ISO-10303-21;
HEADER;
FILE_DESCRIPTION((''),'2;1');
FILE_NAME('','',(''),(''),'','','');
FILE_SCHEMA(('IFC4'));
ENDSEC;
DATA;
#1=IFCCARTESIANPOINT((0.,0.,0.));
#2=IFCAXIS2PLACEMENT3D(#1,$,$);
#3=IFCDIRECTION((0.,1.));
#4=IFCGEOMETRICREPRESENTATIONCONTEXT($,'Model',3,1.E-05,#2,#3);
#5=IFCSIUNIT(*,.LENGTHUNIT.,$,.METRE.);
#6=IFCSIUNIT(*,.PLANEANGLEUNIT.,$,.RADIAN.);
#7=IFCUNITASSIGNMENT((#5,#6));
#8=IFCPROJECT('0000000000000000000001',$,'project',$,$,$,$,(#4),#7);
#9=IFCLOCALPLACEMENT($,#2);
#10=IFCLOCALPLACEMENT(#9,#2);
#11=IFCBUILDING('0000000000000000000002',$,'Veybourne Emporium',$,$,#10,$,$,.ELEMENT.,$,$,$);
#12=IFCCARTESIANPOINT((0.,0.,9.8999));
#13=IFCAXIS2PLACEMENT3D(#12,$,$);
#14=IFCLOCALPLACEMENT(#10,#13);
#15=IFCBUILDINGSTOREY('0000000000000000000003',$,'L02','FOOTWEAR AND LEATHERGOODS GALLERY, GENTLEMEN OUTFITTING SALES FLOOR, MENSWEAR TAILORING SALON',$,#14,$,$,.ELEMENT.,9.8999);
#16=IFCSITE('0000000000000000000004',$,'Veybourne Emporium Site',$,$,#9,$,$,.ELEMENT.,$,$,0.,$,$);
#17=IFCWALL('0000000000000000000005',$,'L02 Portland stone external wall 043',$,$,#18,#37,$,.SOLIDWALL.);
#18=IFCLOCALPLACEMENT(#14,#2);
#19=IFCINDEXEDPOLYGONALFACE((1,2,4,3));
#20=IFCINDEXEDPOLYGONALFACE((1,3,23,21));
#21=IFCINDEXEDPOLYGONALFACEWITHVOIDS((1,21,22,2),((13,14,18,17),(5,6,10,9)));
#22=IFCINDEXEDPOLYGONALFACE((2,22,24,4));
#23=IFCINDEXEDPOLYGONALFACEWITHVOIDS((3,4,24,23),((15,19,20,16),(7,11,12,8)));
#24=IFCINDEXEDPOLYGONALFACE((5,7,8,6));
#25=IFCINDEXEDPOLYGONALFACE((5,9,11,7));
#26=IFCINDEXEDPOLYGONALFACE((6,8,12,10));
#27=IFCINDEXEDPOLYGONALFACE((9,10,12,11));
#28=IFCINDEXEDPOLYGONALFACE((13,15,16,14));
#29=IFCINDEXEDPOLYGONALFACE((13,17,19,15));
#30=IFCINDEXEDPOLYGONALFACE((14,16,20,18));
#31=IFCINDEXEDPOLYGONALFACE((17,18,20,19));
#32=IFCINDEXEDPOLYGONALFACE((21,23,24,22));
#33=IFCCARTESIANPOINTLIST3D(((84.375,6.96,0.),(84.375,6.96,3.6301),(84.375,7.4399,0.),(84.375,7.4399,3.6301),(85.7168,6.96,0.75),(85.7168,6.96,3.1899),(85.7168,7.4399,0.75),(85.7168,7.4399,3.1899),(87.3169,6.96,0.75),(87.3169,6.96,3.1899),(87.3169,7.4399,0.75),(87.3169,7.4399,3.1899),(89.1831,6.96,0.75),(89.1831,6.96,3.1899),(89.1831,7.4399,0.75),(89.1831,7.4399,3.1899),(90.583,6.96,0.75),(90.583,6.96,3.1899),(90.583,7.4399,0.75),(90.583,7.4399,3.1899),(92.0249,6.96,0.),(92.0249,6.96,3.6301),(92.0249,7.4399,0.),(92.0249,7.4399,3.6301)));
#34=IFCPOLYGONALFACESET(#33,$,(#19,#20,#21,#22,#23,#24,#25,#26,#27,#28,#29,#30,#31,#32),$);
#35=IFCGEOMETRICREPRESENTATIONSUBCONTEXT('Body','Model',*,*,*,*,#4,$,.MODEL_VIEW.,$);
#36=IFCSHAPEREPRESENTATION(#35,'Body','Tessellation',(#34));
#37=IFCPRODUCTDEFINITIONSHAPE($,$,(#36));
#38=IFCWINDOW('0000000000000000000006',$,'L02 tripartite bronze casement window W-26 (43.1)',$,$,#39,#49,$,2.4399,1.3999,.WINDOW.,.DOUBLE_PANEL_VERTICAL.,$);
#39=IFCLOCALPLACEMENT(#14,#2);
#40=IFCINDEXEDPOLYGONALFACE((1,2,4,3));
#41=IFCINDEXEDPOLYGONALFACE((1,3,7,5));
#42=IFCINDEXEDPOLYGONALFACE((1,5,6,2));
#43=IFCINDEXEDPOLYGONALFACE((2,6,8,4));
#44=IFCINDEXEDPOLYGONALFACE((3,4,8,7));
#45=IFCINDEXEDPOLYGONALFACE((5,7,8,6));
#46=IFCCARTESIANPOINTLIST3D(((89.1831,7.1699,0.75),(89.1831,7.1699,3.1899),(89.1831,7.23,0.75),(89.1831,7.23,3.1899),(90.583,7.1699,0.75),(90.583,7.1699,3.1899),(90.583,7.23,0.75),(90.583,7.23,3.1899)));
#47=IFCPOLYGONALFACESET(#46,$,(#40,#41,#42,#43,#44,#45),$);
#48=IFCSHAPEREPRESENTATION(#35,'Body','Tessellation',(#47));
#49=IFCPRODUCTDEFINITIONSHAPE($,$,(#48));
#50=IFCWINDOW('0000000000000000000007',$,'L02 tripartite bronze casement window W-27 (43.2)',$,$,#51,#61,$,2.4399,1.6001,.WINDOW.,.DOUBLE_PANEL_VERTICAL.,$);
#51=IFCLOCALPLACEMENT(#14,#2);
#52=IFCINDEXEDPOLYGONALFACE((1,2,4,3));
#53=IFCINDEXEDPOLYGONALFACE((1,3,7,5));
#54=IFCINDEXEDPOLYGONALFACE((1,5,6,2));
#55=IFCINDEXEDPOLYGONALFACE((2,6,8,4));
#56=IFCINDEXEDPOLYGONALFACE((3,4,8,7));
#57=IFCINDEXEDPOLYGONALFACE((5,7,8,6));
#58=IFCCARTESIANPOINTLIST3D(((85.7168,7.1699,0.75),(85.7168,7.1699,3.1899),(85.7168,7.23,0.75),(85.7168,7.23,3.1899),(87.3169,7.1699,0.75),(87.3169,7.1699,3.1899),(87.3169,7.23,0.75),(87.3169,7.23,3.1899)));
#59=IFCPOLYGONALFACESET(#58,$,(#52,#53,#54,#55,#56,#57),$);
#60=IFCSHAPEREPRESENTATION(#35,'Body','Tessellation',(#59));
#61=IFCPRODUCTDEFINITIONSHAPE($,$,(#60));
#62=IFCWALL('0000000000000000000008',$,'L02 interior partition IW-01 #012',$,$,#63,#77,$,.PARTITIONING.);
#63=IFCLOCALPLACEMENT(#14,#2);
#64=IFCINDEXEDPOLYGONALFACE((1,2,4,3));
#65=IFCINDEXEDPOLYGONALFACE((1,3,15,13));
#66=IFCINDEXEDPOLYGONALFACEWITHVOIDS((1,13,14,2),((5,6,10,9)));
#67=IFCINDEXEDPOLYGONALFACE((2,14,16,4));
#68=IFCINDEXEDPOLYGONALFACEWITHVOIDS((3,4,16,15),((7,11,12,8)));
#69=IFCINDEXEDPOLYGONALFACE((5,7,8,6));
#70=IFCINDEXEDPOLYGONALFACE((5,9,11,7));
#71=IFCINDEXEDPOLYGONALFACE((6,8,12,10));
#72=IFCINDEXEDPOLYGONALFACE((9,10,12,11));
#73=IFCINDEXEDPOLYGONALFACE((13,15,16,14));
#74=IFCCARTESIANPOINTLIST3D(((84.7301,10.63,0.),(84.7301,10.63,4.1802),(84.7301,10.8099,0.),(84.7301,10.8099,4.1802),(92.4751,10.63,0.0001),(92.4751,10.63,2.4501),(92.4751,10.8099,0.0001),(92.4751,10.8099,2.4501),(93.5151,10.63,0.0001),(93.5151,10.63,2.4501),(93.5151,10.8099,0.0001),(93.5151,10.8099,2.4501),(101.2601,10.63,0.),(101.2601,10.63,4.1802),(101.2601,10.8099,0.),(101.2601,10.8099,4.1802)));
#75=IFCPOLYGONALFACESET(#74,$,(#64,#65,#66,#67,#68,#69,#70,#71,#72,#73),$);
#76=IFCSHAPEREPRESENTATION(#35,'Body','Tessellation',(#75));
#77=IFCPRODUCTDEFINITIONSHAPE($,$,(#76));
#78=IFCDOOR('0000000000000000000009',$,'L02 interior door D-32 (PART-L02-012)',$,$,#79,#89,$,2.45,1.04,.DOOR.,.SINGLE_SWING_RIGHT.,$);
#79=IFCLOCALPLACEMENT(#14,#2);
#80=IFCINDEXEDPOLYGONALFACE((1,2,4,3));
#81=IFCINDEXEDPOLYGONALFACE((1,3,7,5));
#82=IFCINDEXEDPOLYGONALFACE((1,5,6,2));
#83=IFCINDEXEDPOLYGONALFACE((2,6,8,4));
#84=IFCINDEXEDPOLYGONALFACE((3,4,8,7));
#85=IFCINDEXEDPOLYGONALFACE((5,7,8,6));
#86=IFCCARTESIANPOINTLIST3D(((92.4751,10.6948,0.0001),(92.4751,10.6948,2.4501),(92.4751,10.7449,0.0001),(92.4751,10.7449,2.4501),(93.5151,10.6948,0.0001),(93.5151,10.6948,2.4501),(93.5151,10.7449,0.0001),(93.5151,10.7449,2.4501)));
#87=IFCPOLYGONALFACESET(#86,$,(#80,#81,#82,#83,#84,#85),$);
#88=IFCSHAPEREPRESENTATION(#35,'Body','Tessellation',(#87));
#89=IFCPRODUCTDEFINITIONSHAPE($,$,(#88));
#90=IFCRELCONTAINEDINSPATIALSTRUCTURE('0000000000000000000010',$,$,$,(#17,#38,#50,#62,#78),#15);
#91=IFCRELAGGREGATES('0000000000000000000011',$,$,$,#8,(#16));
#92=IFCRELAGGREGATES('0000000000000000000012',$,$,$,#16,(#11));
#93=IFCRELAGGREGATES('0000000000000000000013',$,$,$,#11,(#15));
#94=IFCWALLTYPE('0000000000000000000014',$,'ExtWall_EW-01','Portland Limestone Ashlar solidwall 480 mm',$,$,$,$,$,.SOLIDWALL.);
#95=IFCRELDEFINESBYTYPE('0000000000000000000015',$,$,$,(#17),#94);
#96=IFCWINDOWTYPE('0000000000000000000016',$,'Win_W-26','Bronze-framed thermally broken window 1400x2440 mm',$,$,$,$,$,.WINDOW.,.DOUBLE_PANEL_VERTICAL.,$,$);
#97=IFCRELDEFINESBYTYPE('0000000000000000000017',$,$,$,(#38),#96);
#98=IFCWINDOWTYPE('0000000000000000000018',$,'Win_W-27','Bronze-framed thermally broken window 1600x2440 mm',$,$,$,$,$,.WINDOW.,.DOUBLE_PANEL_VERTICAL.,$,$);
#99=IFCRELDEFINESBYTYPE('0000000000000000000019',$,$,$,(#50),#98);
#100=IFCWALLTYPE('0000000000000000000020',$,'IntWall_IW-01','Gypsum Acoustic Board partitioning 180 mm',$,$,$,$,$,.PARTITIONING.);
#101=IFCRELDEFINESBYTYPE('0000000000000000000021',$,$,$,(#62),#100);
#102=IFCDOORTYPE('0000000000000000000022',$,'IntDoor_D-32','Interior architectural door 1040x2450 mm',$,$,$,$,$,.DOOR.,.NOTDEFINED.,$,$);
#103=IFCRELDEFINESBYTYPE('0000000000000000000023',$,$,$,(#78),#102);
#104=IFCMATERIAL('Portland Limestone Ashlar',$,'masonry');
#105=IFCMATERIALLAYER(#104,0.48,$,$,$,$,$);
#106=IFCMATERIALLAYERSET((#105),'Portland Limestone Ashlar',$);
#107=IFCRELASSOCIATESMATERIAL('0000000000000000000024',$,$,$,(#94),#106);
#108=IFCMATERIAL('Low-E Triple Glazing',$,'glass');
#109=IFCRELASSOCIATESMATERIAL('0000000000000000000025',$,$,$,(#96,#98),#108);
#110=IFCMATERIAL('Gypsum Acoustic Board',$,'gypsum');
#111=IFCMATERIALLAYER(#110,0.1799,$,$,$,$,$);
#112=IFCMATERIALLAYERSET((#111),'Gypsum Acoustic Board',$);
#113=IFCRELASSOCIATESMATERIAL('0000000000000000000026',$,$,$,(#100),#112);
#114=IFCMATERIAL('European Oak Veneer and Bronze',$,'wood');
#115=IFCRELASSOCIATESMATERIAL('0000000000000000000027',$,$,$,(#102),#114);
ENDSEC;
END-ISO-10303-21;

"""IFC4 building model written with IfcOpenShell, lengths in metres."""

from ifc_helpers import new_model, si_unit, direction, frame, frame_2d, origin, place, context, subcontext, project, spatial, rectangle, extrude, material, layer, layer_set, type_object, element, fill, save


model = new_model("IFC4")

# Units and contexts
model_context = context("Model", 3, precision=1e-05, world=origin(), true_north=direction((0.0, 1.0)))
body_context = subcontext(model_context, "Body", "Model", "MODEL_VIEW")
ifc_project = project(units=[si_unit("LENGTHUNIT", "METRE"), si_unit("PLANEANGLEUNIT", "RADIAN")], contexts=[model_context])

# Site, building, storey
site_placement = place(None, origin())
site = spatial("IfcSite", under=ifc_project, at=site_placement, Name="Veybourne Emporium Site", CompositionType="ELEMENT", RefElevation=0.0)
building_placement = place(site_placement, origin())
building = spatial("IfcBuilding", under=site, at=building_placement, Name="Veybourne Emporium", CompositionType="ELEMENT")
storey_placement = place(building_placement, frame((0.0, 0.0, 9.8999)))
storey = spatial("IfcBuildingStorey", under=building, at=storey_placement, Name="L02", Description="FOOTWEAR AND LEATHERGOODS GALLERY, GENTLEMEN OUTFITTING SALES FLOOR, MENSWEAR TAILORING SALON", CompositionType="ELEMENT", Elevation=9.8999)

# Wall, openings, windows
ifc_material_1 = material(Name="Portland Limestone Ashlar", Category="masonry")
ifc_layer_1 = layer(ifc_material_1, 0.48)
ifc_layer_set_1 = layer_set([ifc_layer_1], Name="Portland Limestone Ashlar")
wall_type_1 = type_object("IfcWallType", Name="ExtWall_EW-01", Description="Portland Limestone Ashlar solidwall 480 mm", PredefinedType="SOLIDWALL", material=ifc_layer_set_1)
ifc_material_2 = material(Name="Low-E Triple Glazing", Category="glass")
wall_1_placement = place(storey_placement, frame((92.0249, 7.2, 0.0), z_axis=(0.0, 0.0, 1.0), x_axis=(-1.0, 0.0, 0.0)))
wall_1 = element("IfcWall", 1, at=wall_1_placement, inside=storey, type_object=wall_type_1, Name="L02 Portland stone external wall 043", PredefinedType="SOLIDWALL", context=body_context, shape_type="SweptSolid", body=[
    extrude(rectangle(XDim=7.6499, YDim=0.48, at=frame_2d((3.825, 0.0))), origin(), (0.0, 0.0, 1.0), 3.6301),
])
opening_1_placement = place(wall_1_placement, frame((1.4419, 0.0, 0.75)))
opening_1 = element("IfcOpeningElement", 2, at=opening_1_placement, cuts=wall_1, PredefinedType="OPENING", context=body_context, shape_type="SweptSolid", body=[
    extrude(rectangle(XDim=1.3999, YDim=2.4399, at=frame_2d((0.7, 1.22))), frame((0.0, 0.26, 0.0), z_axis=(0.0, -1.0, 0.0), x_axis=(1.0, 0.0, 0.0)), (0.0, 0.0, 1.0), 0.52),
])
opening_2_placement = place(wall_1_placement, frame((4.708, 0.0, 0.75)))
opening_2 = element("IfcOpeningElement", 3, at=opening_2_placement, cuts=wall_1, PredefinedType="OPENING", context=body_context, shape_type="SweptSolid", body=[
    extrude(rectangle(XDim=1.6001, YDim=2.4399, at=frame_2d((0.8, 1.22))), frame((0.0, 0.26, 0.0), z_axis=(0.0, -1.0, 0.0), x_axis=(1.0, 0.0, 0.0)), (0.0, 0.0, 1.0), 0.52),
])
window_type_1 = type_object("IfcWindowType", Name="Win_W-26", Description="Bronze-framed thermally broken window 1400x2440 mm", PartitioningType="DOUBLE_PANEL_VERTICAL", PredefinedType="WINDOW", material=ifc_material_2)
window_1_placement = place(opening_1_placement, origin())
window_1 = element("IfcWindow", 4, at=window_1_placement, inside=storey, type_object=window_type_1, Name="L02 tripartite bronze casement window W-26 (43.1)", OverallHeight=2.4399, OverallWidth=1.3999, PartitioningType="DOUBLE_PANEL_VERTICAL", PredefinedType="WINDOW", context=body_context, shape_type="SweptSolid", body=[
    extrude(rectangle(XDim=1.3999, YDim=2.4399, at=frame_2d((0.7, 1.22))), frame((0.0, 0.03, 0.0), z_axis=(0.0, -1.0, 0.0), x_axis=(1.0, 0.0, 0.0)), (0.0, 0.0, 1.0), 0.0601),
])
fill(opening_1, window_1)
window_type_2 = type_object("IfcWindowType", Name="Win_W-27", Description="Bronze-framed thermally broken window 1600x2440 mm", PartitioningType="DOUBLE_PANEL_VERTICAL", PredefinedType="WINDOW", material=ifc_material_2)
window_2_placement = place(opening_2_placement, origin())
window_2 = element("IfcWindow", 5, at=window_2_placement, inside=storey, type_object=window_type_2, Name="L02 tripartite bronze casement window W-27 (43.2)", OverallHeight=2.4399, OverallWidth=1.6001, PartitioningType="DOUBLE_PANEL_VERTICAL", PredefinedType="WINDOW", context=body_context, shape_type="SweptSolid", body=[
    extrude(rectangle(XDim=1.6001, YDim=2.4399, at=frame_2d((0.8, 1.22))), frame((0.0, 0.03, 0.0), z_axis=(0.0, -1.0, 0.0), x_axis=(1.0, 0.0, 0.0)), (0.0, 0.0, 1.0), 0.0601),
])
fill(opening_2, window_2)

# Wall, opening, door
ifc_material_3 = material(Name="Gypsum Acoustic Board", Category="gypsum")
ifc_layer_2 = layer(ifc_material_3, 0.1799)
ifc_layer_set_2 = layer_set([ifc_layer_2], Name="Gypsum Acoustic Board")
wall_type_2 = type_object("IfcWallType", Name="IntWall_IW-01", Description="Gypsum Acoustic Board partitioning 180 mm", PredefinedType="PARTITIONING", material=ifc_layer_set_2)
wall_2_placement = place(storey_placement, frame((84.73, 10.72, 0.0), z_axis=(0.0, 0.0, 1.0), x_axis=(1.0, 0.0, 0.0)))
wall_2 = element("IfcWall", 6, at=wall_2_placement, inside=storey, type_object=wall_type_2, Name="L02 interior partition IW-01 #012", PredefinedType="PARTITIONING", context=body_context, shape_type="SweptSolid", body=[
    extrude(rectangle(XDim=16.53, YDim=0.1799, at=frame_2d((8.2651, 0.0))), origin(), (0.0, 0.0, 1.0), 4.1802),
])
opening_3_placement = place(wall_2_placement, frame((7.7451, 0.0, 0.0)))
opening_3 = element("IfcOpeningElement", 7, at=opening_3_placement, cuts=wall_2, PredefinedType="OPENING", context=body_context, shape_type="SweptSolid", body=[
    extrude(rectangle(XDim=1.04, YDim=2.45, at=frame_2d((0.52, 1.2251))), frame((0.0, 0.1099, 0.0), z_axis=(0.0, -1.0, 0.0), x_axis=(1.0, 0.0, 0.0)), (0.0, 0.0, 1.0), 0.22),
])
ifc_material_4 = material(Name="European Oak Veneer and Bronze", Category="wood")
door_type = type_object("IfcDoorType", Name="IntDoor_D-32", Description="Interior architectural door 1040x2450 mm", OperationType="NOTDEFINED", PredefinedType="DOOR", material=ifc_material_4)
door_placement = place(opening_3_placement, origin())
door = element("IfcDoor", 8, at=door_placement, inside=storey, type_object=door_type, Name="L02 interior door D-32 (PART-L02-012)", OperationType="SINGLE_SWING_RIGHT", OverallHeight=2.45, OverallWidth=1.04, PredefinedType="DOOR", context=body_context, shape_type="SweptSolid", body=[
    extrude(rectangle(XDim=1.04, YDim=2.45, at=frame_2d((0.52, 1.2251))), frame((0.0, 0.0249, 0.0), z_axis=(0.0, -1.0, 0.0), x_axis=(1.0, 0.0, 0.0)), (0.0, 0.0, 1.0), 0.05),
])
fill(opening_3, door)

save(model, "model.ifc")
